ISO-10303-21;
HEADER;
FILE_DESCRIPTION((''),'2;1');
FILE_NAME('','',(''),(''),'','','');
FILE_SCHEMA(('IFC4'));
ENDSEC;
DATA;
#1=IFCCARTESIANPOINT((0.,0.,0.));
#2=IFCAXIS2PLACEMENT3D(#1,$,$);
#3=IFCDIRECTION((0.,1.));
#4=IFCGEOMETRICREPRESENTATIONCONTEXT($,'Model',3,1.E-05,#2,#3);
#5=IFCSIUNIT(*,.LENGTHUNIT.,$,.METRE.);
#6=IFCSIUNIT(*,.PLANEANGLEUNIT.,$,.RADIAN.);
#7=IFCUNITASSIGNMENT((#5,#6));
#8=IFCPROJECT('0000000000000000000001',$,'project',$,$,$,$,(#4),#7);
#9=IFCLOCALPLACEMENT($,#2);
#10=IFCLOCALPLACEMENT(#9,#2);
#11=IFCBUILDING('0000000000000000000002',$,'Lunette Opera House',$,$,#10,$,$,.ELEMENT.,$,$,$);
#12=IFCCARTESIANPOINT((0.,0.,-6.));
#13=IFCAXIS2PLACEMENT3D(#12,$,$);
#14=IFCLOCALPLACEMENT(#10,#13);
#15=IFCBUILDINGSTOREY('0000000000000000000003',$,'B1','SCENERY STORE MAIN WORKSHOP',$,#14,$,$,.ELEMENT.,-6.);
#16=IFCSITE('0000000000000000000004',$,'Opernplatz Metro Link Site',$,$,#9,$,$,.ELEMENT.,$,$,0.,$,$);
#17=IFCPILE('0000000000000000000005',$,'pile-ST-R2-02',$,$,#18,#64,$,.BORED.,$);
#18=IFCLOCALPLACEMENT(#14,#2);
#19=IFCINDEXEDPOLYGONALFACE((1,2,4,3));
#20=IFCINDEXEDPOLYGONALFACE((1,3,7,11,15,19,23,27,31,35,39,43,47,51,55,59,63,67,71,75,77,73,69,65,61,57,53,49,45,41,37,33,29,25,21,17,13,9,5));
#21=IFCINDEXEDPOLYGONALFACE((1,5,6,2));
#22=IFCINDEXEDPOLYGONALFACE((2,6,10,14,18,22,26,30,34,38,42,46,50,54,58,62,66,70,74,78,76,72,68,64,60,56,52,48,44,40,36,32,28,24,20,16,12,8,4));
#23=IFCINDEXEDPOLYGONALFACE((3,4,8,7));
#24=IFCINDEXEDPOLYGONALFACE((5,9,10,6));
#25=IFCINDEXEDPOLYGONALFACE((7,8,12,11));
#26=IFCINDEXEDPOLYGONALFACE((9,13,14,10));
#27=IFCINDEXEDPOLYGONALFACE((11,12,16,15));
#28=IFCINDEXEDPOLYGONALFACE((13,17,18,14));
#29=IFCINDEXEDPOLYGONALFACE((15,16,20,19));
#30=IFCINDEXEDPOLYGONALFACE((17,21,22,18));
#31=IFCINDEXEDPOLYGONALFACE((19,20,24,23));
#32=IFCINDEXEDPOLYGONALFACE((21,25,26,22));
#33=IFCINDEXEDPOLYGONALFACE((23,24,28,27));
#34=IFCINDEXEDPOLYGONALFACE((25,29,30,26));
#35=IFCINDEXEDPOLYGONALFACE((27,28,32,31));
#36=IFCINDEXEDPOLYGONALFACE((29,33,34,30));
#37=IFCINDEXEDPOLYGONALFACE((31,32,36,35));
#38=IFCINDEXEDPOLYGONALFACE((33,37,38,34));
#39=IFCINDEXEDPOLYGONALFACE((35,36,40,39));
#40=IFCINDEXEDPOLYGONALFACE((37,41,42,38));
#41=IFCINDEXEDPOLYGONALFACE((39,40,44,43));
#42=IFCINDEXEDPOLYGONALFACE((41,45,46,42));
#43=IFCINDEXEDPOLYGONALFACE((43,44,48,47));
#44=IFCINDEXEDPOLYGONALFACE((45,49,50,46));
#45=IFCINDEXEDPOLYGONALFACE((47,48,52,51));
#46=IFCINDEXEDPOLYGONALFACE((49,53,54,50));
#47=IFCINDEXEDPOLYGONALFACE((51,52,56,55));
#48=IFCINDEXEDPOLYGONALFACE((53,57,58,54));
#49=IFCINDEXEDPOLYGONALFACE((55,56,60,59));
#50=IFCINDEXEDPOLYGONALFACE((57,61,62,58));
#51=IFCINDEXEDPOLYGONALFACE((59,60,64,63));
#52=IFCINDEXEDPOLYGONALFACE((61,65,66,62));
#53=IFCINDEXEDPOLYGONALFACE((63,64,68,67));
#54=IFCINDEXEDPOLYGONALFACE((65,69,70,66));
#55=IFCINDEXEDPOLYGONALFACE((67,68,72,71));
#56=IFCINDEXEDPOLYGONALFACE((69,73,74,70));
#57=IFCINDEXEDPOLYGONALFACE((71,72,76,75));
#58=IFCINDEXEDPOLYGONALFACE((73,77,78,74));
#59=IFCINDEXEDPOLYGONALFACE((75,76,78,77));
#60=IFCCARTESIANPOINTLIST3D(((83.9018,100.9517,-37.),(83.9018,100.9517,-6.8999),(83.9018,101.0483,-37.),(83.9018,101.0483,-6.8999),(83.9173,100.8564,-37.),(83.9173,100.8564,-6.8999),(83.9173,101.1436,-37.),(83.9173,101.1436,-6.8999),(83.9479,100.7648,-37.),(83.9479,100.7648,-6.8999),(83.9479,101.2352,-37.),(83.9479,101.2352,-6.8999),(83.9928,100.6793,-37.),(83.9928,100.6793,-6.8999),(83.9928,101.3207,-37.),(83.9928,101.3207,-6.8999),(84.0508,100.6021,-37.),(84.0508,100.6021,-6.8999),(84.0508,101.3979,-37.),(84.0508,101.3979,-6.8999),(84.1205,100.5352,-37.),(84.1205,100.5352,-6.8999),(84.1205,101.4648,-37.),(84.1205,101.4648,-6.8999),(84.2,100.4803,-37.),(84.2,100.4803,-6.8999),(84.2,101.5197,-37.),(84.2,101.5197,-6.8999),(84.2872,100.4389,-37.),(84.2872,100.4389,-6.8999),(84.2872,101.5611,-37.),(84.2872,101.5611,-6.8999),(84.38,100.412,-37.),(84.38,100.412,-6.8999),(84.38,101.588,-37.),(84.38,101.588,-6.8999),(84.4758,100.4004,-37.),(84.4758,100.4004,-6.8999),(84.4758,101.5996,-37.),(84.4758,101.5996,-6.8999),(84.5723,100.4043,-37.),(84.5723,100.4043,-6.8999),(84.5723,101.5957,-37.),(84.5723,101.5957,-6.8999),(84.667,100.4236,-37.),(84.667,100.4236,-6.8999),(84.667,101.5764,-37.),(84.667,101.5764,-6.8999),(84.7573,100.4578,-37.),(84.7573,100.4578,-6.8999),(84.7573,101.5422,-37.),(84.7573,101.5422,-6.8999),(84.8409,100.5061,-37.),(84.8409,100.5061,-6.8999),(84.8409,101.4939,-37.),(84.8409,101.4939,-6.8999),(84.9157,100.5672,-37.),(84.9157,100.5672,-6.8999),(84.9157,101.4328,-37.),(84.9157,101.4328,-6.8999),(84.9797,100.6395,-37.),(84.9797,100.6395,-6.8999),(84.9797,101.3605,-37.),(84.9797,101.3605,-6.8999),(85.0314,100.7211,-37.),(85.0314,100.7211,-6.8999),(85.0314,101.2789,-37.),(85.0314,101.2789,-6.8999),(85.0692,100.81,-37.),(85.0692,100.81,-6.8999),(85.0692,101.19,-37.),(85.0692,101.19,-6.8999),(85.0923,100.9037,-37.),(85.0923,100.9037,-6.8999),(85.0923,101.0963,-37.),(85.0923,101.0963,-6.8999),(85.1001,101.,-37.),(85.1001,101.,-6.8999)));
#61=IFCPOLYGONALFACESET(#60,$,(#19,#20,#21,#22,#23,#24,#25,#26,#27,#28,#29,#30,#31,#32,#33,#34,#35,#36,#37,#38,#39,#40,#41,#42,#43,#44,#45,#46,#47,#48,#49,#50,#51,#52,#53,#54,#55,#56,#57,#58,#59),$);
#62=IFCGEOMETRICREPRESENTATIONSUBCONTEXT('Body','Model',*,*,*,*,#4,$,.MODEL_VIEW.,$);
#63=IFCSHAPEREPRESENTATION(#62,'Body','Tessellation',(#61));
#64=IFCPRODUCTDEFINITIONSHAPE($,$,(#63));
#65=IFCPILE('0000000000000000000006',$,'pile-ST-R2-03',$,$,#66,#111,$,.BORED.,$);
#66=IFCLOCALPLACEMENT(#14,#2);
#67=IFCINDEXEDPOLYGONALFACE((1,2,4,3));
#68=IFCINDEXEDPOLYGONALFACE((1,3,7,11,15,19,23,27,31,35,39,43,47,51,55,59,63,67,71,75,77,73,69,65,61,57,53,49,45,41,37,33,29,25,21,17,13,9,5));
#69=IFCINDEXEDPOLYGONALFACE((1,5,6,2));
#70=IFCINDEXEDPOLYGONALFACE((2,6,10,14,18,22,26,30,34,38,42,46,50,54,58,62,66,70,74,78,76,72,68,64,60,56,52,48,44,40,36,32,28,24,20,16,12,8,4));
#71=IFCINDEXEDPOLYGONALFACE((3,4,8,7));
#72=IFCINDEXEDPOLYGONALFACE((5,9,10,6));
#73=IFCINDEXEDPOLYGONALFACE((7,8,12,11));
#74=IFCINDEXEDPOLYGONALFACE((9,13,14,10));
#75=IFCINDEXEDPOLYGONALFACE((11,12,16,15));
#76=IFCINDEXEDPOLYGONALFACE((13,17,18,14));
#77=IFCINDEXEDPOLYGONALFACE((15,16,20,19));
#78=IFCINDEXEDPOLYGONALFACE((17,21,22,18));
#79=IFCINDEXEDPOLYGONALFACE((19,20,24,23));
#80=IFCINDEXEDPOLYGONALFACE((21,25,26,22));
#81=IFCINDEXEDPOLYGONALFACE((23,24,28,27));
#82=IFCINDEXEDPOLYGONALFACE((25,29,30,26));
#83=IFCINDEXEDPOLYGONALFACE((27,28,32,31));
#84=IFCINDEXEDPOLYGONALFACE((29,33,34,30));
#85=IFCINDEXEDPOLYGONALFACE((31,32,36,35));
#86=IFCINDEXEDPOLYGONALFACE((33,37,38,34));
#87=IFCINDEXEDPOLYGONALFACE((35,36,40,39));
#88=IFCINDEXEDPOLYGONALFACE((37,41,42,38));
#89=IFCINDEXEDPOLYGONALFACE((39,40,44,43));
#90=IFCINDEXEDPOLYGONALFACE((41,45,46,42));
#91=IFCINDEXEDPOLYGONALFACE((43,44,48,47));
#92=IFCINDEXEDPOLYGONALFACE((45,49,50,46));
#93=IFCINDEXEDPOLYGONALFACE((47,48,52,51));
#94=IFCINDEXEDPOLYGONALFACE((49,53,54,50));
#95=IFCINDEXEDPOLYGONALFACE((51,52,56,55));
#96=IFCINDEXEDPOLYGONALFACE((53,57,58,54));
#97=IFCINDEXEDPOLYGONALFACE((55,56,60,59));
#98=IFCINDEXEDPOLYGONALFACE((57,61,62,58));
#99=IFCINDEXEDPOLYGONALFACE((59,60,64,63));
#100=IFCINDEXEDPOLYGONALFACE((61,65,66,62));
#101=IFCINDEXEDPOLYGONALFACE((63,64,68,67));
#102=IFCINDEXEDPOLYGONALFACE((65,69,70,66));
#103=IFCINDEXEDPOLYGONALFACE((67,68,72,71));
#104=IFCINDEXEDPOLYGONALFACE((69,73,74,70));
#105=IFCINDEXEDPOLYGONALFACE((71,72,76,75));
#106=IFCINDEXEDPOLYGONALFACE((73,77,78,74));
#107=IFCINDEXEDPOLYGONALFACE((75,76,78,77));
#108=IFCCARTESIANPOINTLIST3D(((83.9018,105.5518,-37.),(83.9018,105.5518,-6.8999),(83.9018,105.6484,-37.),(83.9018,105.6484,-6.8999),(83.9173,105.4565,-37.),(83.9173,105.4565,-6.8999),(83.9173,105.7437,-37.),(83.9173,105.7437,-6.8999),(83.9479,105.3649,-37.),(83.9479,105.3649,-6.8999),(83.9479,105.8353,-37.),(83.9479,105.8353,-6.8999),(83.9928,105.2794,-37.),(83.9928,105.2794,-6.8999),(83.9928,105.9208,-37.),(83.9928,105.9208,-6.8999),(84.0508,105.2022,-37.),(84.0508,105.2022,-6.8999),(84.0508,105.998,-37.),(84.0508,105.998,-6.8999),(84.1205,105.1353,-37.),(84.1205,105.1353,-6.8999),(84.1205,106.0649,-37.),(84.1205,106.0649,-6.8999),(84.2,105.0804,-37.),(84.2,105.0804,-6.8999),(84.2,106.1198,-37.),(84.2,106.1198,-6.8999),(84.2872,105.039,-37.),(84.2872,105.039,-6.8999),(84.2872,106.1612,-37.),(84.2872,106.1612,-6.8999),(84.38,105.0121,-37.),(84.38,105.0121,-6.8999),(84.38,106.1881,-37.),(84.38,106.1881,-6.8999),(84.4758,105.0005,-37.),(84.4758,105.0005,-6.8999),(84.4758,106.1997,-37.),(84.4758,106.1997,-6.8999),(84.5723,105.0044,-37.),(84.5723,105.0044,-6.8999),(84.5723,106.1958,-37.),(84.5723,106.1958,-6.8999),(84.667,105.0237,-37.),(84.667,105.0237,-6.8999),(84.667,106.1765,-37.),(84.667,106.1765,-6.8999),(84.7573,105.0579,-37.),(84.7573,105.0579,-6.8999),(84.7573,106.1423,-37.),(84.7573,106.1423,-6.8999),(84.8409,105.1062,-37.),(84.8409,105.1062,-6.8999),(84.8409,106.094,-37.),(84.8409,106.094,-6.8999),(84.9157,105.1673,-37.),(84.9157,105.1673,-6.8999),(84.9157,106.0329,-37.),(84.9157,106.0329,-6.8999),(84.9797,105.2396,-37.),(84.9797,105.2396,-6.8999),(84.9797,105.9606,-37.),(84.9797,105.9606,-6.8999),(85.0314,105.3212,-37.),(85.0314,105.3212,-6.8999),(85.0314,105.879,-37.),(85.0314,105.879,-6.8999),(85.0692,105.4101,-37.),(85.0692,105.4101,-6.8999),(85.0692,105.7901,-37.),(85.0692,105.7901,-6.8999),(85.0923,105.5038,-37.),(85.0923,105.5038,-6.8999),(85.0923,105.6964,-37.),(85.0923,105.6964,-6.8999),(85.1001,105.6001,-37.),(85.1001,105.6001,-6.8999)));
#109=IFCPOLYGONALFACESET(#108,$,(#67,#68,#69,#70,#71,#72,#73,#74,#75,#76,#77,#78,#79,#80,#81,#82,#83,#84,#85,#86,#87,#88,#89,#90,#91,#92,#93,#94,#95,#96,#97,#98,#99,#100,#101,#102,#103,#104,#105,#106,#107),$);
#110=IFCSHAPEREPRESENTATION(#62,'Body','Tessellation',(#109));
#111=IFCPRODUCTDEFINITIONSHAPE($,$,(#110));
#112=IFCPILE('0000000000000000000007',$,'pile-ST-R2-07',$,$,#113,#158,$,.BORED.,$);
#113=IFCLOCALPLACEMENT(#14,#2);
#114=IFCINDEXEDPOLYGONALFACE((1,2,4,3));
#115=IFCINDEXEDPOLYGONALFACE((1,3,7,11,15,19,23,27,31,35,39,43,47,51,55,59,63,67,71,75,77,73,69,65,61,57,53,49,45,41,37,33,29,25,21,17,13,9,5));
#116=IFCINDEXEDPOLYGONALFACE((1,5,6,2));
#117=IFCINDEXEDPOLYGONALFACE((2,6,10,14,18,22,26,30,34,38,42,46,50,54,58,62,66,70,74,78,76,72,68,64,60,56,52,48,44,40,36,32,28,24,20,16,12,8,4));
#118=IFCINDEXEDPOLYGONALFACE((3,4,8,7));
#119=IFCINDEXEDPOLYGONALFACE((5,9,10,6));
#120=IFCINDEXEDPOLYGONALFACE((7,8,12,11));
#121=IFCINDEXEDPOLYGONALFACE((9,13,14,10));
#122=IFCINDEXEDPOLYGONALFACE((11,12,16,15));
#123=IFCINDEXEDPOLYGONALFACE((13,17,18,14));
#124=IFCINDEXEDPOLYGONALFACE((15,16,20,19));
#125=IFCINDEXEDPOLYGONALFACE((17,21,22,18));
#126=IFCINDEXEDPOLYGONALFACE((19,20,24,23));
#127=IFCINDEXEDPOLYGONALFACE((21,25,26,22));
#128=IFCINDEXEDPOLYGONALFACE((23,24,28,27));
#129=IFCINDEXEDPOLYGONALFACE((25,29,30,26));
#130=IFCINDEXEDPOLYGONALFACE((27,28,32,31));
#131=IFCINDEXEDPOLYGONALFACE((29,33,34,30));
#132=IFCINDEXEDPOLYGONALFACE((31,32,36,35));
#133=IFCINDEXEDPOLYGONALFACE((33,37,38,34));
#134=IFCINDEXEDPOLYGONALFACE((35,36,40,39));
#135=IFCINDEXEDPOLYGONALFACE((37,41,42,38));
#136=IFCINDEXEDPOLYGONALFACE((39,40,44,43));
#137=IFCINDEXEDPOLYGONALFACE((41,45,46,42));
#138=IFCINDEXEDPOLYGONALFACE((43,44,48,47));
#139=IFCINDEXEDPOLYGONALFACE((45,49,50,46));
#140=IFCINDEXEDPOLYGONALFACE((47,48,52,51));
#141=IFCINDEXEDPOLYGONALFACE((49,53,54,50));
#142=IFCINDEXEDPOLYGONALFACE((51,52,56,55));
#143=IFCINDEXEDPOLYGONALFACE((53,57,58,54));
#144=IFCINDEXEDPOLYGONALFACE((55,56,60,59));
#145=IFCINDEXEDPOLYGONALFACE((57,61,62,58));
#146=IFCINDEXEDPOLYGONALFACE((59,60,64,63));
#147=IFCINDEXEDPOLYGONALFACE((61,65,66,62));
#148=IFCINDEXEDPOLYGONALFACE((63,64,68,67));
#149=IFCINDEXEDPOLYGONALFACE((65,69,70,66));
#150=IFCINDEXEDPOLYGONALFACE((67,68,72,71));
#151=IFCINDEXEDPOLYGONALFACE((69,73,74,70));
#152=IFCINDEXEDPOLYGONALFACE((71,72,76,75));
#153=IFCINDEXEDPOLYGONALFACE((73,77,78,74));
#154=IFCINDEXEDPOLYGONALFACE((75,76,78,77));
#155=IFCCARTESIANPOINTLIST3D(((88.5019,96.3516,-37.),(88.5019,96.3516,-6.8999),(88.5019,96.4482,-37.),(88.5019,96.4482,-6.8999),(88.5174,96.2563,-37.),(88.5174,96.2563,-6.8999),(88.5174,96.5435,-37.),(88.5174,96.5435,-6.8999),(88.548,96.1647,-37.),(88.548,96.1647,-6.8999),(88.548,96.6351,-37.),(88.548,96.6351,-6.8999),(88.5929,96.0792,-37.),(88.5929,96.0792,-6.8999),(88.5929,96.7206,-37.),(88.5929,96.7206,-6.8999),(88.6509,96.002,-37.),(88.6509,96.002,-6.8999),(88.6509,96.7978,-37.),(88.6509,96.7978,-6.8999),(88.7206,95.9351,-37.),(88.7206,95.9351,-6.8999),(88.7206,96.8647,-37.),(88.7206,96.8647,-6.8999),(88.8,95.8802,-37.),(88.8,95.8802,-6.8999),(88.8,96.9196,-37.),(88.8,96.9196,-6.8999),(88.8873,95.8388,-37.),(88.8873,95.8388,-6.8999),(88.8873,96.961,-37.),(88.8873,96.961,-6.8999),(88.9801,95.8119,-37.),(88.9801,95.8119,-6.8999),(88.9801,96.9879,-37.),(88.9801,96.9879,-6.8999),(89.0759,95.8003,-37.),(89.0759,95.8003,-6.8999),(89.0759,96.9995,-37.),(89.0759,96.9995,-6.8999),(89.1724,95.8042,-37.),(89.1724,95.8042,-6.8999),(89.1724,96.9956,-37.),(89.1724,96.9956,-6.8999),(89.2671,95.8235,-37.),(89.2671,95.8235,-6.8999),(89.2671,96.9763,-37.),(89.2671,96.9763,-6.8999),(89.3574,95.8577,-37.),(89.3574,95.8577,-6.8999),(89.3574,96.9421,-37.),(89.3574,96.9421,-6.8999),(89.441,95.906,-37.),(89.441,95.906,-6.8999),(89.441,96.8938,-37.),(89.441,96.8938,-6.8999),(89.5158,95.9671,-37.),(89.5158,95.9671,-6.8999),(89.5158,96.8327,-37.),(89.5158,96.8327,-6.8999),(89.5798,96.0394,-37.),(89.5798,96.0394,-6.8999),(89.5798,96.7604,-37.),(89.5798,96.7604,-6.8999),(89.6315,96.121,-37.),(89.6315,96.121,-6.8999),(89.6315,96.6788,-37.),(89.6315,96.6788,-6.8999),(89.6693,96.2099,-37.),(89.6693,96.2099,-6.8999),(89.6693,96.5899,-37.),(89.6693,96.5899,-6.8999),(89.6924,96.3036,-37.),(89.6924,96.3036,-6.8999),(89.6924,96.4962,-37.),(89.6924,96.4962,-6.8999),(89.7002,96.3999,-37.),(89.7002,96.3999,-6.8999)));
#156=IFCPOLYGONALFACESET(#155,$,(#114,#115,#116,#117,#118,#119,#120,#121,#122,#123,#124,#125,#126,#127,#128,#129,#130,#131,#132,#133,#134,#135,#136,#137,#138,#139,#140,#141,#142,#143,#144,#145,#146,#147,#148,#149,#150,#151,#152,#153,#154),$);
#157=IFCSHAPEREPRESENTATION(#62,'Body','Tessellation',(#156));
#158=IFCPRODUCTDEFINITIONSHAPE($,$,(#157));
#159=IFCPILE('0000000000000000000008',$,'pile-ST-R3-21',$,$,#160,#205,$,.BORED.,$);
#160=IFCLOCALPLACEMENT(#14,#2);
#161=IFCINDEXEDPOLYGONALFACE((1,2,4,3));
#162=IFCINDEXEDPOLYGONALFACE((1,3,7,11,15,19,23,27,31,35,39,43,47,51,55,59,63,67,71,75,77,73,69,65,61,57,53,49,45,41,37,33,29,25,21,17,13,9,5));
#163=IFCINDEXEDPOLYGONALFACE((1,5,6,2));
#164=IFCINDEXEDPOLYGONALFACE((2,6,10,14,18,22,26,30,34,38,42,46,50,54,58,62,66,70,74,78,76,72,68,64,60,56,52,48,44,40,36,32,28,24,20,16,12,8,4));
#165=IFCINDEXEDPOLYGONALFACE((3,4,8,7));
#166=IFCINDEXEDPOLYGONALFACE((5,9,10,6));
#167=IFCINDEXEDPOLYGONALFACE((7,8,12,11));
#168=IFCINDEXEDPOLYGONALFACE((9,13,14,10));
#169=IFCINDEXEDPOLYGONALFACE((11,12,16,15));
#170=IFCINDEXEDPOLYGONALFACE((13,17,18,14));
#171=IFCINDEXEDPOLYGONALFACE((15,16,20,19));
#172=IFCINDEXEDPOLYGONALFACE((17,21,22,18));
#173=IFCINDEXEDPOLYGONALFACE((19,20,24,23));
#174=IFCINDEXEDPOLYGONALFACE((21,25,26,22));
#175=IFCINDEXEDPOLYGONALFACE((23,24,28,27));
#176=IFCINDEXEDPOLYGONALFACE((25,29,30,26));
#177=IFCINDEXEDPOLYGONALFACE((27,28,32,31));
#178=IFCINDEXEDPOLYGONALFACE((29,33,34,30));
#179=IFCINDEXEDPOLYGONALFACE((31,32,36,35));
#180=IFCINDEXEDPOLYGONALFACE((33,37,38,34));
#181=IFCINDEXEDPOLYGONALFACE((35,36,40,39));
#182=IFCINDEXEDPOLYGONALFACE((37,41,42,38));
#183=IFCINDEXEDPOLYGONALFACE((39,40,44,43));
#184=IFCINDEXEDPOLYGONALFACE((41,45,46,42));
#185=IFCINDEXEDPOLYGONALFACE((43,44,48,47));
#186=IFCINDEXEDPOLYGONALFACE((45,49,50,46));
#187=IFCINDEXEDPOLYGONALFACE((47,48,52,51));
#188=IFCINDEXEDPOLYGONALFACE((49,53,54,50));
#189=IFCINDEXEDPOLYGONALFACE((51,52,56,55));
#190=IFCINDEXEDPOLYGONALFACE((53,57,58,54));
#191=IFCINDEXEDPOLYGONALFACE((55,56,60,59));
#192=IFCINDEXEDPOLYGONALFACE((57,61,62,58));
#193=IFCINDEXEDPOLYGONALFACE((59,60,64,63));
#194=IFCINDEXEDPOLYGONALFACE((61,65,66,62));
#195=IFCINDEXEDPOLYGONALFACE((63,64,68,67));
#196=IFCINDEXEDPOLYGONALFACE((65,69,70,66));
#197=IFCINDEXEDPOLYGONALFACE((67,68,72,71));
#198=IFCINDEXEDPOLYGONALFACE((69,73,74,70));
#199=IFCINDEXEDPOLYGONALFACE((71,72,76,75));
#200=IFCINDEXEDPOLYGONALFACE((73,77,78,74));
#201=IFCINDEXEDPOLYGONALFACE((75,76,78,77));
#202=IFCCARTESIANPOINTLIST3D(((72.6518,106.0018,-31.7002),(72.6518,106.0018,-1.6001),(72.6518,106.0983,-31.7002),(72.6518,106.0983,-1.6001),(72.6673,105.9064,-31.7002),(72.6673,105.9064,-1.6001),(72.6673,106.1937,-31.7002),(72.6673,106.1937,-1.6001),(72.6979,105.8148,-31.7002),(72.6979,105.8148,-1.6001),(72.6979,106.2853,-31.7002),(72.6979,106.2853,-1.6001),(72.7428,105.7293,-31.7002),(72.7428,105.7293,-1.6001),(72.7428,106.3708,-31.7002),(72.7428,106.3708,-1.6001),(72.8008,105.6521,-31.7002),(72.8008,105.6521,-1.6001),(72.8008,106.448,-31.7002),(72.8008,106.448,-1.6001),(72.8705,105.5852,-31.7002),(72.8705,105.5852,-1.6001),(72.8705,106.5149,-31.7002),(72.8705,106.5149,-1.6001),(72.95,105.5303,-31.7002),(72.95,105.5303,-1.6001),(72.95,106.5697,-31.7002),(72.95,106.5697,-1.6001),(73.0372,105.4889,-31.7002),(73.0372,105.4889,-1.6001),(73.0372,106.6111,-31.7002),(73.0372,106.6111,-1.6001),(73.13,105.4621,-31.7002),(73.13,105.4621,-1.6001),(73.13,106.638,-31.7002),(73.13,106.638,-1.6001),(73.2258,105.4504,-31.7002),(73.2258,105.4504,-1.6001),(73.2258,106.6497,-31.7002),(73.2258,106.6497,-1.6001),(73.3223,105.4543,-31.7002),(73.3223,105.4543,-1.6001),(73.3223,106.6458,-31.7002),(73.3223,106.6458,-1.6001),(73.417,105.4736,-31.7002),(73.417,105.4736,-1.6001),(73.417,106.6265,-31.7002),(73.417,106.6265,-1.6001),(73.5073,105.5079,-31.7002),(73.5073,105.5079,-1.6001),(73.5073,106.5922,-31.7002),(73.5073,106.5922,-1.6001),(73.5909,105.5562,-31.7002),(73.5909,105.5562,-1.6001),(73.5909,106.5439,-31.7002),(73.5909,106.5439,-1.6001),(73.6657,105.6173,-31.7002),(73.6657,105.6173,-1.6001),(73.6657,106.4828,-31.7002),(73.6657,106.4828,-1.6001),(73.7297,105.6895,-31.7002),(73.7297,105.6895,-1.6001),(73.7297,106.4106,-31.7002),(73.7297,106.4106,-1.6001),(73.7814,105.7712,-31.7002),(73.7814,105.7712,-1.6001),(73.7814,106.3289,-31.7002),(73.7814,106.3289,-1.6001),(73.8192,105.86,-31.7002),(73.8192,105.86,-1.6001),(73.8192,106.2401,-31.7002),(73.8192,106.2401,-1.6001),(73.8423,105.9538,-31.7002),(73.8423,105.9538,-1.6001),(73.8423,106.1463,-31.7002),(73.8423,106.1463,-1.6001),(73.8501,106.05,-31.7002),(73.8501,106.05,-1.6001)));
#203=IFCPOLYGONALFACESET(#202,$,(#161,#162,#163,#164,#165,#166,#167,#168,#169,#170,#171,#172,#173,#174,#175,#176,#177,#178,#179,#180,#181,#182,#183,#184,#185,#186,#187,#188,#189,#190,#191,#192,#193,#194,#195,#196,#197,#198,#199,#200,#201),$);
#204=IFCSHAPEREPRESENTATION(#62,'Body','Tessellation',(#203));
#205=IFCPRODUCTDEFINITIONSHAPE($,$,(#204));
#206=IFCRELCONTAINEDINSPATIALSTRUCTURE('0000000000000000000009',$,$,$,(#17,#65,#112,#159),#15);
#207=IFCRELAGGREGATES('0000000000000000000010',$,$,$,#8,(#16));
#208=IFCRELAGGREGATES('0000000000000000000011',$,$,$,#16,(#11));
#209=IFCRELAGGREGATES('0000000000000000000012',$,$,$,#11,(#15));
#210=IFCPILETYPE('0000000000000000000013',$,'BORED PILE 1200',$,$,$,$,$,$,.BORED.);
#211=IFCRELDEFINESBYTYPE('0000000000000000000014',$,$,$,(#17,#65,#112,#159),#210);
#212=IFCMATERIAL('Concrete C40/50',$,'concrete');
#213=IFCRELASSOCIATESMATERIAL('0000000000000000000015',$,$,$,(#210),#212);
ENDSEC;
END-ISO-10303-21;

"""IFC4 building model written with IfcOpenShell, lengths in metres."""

from ifc_helpers import new_model, si_unit, direction, frame, origin, origin_2d, place, context, subcontext, project, spatial, circle, extrude, material, material_profile, profile_set, type_object, element, save


model = new_model("IFC4")

# Units and contexts
model_context = context("Model", 3, precision=1e-05, world=origin(), true_north=direction((0.0, 1.0)))
body_context = subcontext(model_context, "Body", "Model", "MODEL_VIEW")
ifc_project = project(units=[si_unit("LENGTHUNIT", "METRE"), si_unit("PLANEANGLEUNIT", "RADIAN")], contexts=[model_context])

# Site, building, storey
site_placement = place(None, origin())
site = spatial("IfcSite", under=ifc_project, at=site_placement, Name="Opernplatz Metro Link Site", CompositionType="ELEMENT", RefElevation=0.0)
building_placement = place(site_placement, origin())
building = spatial("IfcBuilding", under=site, at=building_placement, Name="Lunette Opera House", CompositionType="ELEMENT")
storey_placement = place(building_placement, frame((0.0, 0.0, -6.0)))
storey = spatial("IfcBuildingStorey", under=building, at=storey_placement, Name="B1", Description="SCENERY STORE MAIN WORKSHOP", CompositionType="ELEMENT", Elevation=-6.0)

# Piles
ifc_material_1 = material(Name="Concrete C40/50", Category="concrete")
ifc_material_profile_1 = material_profile(ifc_material_1, circle(Radius=0.6001, at=origin_2d()), Name="BORED PILE 1200")
ifc_profile_set_1 = profile_set([ifc_material_profile_1], Name="Concrete C40/50")
pile_type = type_object("IfcPileType", Name="BORED PILE 1200", PredefinedType="BORED", material=ifc_profile_set_1)
for number, where, z_axis, x_axis, name in (
    (1, (84.5, 101.0, -6.8999), (0.0, 0.0, -1.0), (1.0, 0.0, 0.0), "pile-ST-R2-02"),
    (2, (84.5, 105.6001, -6.8999), (0.0, 0.0, -1.0), (1.0, 0.0, 0.0), "pile-ST-R2-03"),
    (3, (89.1001, 96.3999, -6.8999), (0.0, 0.0, -1.0), (1.0, 0.0, 0.0), "pile-ST-R2-07"),
    (4, (73.25, 106.05, -1.6001), (0.0, 0.0, -1.0), (1.0, 0.0, 0.0), "pile-ST-R3-21"),
):
    element("IfcPile", number, at=place(storey_placement, frame(where, z_axis=z_axis, x_axis=x_axis)), inside=storey, type_object=pile_type, Name=name, PredefinedType="BORED", context=body_context, shape_type="SweptSolid", body=[
        extrude(circle(Radius=0.6001, at=origin_2d()), origin(), (0.0, 0.0, 1.0), 30.1001),
    ])

save(model, "model.ifc")
